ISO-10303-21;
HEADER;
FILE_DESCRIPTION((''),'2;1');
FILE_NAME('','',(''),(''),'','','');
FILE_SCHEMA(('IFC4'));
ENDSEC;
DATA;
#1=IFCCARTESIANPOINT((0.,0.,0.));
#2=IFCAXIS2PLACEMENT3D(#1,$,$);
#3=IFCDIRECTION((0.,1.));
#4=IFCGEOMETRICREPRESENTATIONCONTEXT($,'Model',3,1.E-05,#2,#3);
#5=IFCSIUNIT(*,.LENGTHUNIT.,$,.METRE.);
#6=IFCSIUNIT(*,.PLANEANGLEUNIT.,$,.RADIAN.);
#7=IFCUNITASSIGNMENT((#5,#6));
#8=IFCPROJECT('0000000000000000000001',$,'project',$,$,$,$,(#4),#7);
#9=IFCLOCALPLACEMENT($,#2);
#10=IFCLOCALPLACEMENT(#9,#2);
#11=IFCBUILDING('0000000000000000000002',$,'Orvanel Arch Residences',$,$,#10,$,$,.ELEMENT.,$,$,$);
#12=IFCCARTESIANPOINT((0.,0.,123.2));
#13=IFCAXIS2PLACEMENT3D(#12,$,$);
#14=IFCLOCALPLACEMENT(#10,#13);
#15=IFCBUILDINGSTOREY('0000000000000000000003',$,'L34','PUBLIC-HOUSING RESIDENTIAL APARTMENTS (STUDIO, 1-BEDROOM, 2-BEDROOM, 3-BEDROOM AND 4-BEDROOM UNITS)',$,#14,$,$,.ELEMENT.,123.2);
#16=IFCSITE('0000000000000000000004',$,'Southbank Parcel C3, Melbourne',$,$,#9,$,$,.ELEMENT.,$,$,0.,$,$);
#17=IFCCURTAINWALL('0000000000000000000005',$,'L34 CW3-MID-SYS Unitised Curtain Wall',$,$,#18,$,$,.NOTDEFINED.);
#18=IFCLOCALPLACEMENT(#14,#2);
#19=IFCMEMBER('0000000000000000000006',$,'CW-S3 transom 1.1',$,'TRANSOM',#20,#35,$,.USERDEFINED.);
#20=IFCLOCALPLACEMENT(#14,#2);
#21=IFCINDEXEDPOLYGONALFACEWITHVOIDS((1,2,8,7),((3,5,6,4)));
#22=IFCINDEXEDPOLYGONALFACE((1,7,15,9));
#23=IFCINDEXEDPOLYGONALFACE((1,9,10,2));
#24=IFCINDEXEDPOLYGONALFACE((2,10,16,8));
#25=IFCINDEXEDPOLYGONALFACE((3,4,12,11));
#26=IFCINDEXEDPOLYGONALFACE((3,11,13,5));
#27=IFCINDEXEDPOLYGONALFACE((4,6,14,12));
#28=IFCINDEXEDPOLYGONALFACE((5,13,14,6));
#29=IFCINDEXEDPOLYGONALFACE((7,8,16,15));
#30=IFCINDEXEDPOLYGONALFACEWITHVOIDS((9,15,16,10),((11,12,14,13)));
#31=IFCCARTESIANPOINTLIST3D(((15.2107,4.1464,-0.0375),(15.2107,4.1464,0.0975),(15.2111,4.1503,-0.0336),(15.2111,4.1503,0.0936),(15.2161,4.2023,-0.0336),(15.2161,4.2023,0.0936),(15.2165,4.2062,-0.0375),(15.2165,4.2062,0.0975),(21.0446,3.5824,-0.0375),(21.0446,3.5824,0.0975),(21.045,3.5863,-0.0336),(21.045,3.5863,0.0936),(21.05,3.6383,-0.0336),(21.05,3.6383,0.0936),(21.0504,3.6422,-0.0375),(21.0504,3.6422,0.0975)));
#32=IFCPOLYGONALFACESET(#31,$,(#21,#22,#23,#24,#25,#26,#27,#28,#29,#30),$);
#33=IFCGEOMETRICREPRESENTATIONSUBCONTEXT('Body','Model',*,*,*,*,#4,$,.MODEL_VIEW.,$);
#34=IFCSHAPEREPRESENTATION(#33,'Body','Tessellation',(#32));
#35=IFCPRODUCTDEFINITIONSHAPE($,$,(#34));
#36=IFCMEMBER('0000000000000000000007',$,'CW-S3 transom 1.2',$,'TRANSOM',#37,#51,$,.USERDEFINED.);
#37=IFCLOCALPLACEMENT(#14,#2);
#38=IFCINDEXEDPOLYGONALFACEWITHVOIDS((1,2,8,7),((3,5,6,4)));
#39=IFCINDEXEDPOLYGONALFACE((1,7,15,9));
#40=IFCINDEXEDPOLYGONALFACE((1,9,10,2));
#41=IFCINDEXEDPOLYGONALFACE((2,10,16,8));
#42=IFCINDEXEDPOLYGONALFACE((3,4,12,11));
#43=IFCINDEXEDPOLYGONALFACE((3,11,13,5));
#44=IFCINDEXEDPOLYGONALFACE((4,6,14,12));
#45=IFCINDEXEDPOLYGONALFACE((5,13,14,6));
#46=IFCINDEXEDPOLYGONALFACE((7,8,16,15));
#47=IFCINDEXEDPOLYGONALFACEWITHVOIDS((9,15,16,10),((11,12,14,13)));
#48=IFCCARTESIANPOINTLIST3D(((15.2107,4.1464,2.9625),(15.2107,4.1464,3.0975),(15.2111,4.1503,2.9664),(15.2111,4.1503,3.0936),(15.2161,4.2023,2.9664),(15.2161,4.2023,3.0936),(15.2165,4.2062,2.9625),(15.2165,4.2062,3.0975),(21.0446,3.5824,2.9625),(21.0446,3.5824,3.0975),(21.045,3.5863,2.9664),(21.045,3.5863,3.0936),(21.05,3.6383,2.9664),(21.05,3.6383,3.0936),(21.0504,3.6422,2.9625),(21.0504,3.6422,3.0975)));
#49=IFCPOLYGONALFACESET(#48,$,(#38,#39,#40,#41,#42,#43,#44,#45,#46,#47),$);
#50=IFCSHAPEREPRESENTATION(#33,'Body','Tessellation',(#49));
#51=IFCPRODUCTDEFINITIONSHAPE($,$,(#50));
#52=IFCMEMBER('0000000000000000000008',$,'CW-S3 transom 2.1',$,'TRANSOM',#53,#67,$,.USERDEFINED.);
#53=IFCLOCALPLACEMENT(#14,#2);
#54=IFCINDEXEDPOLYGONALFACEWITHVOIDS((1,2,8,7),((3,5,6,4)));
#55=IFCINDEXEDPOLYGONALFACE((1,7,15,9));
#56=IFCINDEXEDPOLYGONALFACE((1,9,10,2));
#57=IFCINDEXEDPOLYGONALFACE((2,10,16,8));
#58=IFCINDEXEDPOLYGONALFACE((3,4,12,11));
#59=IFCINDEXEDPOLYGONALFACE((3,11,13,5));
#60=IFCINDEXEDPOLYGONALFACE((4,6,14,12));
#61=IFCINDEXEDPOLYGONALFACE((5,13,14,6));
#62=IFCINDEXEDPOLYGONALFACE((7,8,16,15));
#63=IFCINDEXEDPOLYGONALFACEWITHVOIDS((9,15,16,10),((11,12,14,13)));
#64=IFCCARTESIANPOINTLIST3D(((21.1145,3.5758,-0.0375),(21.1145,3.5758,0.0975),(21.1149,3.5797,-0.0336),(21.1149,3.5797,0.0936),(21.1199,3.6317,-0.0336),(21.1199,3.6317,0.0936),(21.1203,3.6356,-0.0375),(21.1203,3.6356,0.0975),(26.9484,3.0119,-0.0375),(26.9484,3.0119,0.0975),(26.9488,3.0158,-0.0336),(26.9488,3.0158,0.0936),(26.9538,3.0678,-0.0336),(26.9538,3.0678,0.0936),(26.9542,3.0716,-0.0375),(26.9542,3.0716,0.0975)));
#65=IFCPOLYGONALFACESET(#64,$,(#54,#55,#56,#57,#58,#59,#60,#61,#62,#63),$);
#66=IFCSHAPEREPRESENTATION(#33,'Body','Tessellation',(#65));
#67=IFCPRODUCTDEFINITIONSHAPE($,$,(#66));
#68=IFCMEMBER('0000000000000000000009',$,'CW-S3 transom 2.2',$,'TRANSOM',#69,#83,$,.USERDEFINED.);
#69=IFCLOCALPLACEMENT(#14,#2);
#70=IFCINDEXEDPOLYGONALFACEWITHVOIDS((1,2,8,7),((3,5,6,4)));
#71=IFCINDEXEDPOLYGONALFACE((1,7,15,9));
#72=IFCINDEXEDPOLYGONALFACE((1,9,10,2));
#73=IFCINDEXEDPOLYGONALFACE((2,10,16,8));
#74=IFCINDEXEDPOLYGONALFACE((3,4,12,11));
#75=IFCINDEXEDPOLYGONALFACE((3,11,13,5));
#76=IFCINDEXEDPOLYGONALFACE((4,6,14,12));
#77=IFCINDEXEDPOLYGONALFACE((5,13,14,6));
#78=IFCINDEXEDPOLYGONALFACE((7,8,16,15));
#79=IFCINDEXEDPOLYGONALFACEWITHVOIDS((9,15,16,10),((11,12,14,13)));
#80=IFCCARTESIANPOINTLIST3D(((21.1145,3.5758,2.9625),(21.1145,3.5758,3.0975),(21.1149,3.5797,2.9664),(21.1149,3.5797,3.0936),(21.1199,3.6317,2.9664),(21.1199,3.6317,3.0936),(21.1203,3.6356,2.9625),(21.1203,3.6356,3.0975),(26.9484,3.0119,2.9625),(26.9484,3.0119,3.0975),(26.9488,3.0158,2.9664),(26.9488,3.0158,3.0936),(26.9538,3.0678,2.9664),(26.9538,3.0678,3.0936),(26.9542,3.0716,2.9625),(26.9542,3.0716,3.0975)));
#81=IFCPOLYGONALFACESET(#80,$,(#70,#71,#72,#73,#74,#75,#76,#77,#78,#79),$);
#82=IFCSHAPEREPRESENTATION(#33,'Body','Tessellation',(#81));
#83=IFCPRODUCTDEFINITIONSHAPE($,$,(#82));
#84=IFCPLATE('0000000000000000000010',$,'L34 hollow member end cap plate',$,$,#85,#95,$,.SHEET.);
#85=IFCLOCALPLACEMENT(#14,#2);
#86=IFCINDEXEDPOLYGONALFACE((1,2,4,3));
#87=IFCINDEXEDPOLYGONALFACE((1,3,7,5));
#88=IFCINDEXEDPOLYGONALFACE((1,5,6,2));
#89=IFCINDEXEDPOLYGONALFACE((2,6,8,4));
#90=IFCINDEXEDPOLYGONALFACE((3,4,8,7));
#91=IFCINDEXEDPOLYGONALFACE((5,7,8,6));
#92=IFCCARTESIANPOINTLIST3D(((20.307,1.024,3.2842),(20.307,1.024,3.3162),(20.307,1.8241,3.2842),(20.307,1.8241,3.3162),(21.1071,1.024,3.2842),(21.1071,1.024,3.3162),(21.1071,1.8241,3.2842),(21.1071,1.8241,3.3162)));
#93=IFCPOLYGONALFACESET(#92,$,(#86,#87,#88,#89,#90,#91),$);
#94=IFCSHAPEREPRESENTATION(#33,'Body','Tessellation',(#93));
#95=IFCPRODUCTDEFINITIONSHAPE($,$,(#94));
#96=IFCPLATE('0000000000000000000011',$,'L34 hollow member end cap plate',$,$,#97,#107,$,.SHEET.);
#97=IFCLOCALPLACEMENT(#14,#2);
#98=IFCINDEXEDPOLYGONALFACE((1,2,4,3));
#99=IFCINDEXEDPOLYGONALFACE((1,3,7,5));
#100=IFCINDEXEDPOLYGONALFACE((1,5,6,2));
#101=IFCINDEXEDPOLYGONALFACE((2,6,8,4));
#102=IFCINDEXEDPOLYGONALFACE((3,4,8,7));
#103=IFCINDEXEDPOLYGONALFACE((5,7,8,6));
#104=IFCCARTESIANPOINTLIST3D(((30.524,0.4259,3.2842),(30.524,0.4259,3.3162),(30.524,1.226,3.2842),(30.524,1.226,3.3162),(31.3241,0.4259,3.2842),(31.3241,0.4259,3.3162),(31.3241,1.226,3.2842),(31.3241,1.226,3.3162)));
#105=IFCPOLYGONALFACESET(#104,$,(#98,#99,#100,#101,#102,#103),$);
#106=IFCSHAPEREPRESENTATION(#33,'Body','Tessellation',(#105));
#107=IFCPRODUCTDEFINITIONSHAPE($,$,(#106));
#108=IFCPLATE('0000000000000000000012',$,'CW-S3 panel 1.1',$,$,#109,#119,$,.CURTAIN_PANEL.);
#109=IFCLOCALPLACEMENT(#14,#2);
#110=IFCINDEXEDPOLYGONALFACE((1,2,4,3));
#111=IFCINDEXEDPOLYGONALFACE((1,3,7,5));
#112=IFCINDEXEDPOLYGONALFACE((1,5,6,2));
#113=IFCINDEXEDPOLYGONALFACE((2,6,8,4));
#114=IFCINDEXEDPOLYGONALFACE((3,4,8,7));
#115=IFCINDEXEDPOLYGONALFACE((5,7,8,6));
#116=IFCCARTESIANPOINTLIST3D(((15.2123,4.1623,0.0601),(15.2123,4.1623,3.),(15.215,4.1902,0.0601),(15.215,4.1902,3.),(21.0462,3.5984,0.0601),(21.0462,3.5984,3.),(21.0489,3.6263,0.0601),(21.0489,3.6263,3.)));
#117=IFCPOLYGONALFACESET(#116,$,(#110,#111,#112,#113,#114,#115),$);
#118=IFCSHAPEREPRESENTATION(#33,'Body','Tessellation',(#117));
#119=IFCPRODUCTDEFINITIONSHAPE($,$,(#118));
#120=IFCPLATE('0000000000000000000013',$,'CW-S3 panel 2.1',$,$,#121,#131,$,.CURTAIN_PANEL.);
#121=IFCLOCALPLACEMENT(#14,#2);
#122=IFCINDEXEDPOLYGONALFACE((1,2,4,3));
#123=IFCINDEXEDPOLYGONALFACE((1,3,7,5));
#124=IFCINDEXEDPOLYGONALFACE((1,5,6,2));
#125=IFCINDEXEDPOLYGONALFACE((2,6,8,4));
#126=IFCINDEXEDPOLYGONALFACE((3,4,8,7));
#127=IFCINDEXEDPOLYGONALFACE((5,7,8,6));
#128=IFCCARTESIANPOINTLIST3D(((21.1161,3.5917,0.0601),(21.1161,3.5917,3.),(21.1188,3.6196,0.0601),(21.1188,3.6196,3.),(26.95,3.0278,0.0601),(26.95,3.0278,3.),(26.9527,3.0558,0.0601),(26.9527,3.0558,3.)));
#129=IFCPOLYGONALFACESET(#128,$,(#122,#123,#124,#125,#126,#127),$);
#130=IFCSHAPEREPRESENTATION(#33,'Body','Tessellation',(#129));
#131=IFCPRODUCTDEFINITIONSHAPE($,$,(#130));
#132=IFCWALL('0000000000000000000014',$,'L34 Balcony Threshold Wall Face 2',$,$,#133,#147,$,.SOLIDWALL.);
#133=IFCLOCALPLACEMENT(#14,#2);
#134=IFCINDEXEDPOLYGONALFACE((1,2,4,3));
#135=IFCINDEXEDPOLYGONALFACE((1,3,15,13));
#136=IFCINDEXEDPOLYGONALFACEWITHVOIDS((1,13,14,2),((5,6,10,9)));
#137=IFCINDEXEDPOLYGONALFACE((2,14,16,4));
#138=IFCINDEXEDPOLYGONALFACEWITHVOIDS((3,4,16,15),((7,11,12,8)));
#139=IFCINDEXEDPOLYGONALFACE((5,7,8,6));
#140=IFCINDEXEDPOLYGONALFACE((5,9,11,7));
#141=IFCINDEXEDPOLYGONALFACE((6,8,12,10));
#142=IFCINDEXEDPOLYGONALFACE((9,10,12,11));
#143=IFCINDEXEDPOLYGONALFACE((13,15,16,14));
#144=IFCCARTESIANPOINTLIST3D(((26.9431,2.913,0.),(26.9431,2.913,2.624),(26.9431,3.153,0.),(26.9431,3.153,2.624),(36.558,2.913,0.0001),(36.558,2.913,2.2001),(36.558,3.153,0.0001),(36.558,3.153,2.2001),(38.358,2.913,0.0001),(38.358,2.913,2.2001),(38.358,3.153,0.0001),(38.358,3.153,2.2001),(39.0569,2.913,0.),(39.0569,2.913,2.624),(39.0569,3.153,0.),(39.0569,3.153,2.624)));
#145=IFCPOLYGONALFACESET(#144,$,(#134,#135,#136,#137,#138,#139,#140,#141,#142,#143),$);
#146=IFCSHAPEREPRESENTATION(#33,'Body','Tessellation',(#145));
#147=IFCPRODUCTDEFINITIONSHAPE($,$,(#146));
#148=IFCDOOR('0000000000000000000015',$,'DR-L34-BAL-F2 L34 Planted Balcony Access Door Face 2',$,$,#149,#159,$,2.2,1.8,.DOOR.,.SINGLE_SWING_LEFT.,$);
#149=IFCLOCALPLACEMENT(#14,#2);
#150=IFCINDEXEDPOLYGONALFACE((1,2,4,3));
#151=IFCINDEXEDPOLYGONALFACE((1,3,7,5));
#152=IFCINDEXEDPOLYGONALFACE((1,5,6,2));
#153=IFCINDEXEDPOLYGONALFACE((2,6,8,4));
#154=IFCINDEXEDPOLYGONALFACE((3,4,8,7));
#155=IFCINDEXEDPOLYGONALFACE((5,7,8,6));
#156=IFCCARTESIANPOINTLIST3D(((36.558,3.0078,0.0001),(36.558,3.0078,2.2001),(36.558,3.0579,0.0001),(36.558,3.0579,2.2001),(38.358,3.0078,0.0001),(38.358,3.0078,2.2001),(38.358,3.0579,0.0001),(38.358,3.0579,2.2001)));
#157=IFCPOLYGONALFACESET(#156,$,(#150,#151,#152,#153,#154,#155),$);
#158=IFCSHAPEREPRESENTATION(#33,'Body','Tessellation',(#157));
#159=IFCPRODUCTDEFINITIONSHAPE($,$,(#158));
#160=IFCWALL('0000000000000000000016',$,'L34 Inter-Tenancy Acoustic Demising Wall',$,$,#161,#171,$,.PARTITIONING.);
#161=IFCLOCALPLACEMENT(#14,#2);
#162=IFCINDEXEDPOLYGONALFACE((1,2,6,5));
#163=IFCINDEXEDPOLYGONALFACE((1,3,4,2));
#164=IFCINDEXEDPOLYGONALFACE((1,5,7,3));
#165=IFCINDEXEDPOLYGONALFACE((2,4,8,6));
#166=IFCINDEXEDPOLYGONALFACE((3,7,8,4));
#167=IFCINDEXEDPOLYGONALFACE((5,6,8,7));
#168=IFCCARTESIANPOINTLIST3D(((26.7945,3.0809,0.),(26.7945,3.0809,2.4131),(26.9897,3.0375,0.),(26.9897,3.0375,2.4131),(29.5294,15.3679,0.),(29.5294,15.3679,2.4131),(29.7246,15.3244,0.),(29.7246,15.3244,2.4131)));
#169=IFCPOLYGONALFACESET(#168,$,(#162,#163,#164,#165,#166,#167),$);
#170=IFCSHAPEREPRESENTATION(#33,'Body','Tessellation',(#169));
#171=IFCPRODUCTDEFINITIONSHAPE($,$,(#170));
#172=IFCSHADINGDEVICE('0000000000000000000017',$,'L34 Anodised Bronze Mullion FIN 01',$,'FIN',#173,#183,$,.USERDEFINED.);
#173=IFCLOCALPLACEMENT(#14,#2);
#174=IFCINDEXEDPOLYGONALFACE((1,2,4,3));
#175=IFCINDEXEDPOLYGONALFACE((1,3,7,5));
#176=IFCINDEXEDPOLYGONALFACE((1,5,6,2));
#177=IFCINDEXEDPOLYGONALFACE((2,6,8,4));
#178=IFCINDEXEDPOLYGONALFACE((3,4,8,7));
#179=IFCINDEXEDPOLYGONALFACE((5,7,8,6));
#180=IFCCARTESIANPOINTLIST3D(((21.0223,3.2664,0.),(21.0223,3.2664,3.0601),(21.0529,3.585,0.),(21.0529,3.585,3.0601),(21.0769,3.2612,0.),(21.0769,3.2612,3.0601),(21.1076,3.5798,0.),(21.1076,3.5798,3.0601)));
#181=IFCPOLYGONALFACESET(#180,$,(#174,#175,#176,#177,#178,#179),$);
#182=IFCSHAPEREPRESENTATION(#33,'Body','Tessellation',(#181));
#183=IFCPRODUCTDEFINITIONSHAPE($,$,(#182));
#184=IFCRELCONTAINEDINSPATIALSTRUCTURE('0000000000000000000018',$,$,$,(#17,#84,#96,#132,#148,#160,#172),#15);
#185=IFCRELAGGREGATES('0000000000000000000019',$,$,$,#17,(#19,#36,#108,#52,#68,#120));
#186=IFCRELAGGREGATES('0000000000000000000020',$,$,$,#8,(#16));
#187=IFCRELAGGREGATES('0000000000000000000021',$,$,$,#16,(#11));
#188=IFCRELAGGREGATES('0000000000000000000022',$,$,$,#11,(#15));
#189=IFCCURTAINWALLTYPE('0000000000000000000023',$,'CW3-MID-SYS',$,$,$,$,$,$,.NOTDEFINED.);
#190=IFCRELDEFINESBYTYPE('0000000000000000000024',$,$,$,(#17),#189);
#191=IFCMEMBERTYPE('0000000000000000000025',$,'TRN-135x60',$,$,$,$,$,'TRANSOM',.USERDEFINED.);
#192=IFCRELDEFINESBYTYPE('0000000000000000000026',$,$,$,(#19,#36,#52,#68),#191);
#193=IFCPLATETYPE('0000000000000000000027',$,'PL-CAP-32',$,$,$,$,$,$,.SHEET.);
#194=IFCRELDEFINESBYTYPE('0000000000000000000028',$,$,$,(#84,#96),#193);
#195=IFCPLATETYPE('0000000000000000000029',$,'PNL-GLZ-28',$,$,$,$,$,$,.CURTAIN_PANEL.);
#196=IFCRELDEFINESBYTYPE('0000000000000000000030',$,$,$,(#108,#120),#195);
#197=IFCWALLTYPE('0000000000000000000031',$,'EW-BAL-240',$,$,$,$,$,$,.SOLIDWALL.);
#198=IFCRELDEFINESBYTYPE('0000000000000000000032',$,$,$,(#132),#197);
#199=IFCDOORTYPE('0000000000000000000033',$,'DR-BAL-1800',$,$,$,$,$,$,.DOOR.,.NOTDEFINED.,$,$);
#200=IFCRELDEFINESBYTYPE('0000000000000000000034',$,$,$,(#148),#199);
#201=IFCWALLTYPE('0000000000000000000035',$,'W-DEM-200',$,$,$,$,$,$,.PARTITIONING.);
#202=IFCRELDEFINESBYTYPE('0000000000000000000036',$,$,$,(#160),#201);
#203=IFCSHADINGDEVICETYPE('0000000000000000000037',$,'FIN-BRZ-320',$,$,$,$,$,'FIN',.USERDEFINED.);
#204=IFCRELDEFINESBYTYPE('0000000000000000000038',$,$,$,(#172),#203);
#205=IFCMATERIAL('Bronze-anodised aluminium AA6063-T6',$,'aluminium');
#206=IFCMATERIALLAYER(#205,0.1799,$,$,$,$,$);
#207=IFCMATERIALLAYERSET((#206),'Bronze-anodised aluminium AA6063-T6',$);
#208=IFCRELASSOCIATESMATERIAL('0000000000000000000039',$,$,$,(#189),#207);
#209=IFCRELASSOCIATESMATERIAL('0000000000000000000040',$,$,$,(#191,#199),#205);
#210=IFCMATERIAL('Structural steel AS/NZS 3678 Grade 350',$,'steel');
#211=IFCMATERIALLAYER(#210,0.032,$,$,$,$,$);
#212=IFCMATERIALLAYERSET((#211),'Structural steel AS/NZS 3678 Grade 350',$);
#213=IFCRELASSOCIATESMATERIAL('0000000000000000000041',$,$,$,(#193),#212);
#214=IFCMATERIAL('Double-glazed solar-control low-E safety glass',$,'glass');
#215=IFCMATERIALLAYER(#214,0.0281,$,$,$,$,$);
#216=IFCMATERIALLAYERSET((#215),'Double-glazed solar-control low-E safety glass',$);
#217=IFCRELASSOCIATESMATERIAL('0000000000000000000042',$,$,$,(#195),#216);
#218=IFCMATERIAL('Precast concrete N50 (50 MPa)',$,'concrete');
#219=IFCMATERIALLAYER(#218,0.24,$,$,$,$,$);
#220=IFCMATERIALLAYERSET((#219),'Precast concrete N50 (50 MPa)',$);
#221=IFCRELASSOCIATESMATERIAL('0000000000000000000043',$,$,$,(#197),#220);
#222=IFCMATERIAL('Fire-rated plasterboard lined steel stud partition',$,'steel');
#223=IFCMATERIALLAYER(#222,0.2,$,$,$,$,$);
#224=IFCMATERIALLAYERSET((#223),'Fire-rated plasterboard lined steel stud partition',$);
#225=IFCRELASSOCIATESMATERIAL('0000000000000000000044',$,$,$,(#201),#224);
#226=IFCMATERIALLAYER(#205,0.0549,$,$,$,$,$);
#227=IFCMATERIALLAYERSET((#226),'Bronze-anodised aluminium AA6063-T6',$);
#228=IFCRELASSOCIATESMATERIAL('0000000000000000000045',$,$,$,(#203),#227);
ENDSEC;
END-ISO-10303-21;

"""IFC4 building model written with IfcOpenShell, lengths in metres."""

from ifc_helpers import new_model, si_unit, direction, frame, frame_2d, origin, origin_2d, place, context, subcontext, project, spatial, rectangle, hollow_rectangle, extrude, material, layer, layer_set, material_profile, profile_set, type_object, element, fill, aggregate, save


model = new_model("IFC4")

# Units and contexts
model_context = context("Model", 3, precision=1e-05, world=origin(), true_north=direction((0.0, 1.0)))
body_context = subcontext(model_context, "Body", "Model", "MODEL_VIEW")
ifc_project = project(units=[si_unit("LENGTHUNIT", "METRE"), si_unit("PLANEANGLEUNIT", "RADIAN")], contexts=[model_context])

# Site, building, storey
site_placement = place(None, origin())
site = spatial("IfcSite", under=ifc_project, at=site_placement, Name="Southbank Parcel C3, Melbourne", CompositionType="ELEMENT", RefElevation=0.0)
building_placement = place(site_placement, origin())
building = spatial("IfcBuilding", under=site, at=building_placement, Name="Orvanel Arch Residences", CompositionType="ELEMENT")
storey_placement = place(building_placement, frame((0.0, 0.0, 123.2)))
storey = spatial("IfcBuildingStorey", under=building, at=storey_placement, Name="L34", Description="PUBLIC-HOUSING RESIDENTIAL APARTMENTS (STUDIO, 1-BEDROOM, 2-BEDROOM, 3-BEDROOM AND 4-BEDROOM UNITS)", CompositionType="ELEMENT", Elevation=123.2)

# Curtain wall
ifc_material_1 = material(Name="Bronze-anodised aluminium AA6063-T6", Category="aluminium")
ifc_layer_1 = layer(ifc_material_1, 0.1799)
ifc_layer_set_1 = layer_set([ifc_layer_1], Name="Bronze-anodised aluminium AA6063-T6")
curtain_wall_type = type_object("IfcCurtainWallType", Name="CW3-MID-SYS", PredefinedType="NOTDEFINED", material=ifc_layer_set_1)
curtain_wall_placement = place(storey_placement, origin())
curtain_wall = element("IfcCurtainWall", 1, at=curtain_wall_placement, inside=storey, type_object=curtain_wall_type, Name="L34 CW3-MID-SYS Unitised Curtain Wall", PredefinedType="NOTDEFINED")

# Members
ifc_material_profile_1 = material_profile(ifc_material_1, hollow_rectangle(XDim=0.0601, YDim=0.135, WallThickness=0.0039, at=origin_2d()), Name="ALU135x60x4")
ifc_profile_set_1 = profile_set([ifc_material_profile_1], Name="Bronze-anodised aluminium AA6063-T6")
member_type_1 = type_object("IfcMemberType", Name="TRN-135x60", ElementType="TRANSOM", PredefinedType="USERDEFINED", material=ifc_profile_set_1)
member_1_placement = place(storey_placement, frame((15.2136, 4.1763, 0.03), z_axis=(0.99536, -0.09622, 0.0), x_axis=(0.09622, 0.99536, 0.0)))
member_1 = element("IfcMember", 2, at=member_1_placement, type_object=member_type_1, Name="CW-S3 transom 1.1", ObjectType="TRANSOM", PredefinedType="USERDEFINED", context=body_context, shape_type="SweptSolid", body=[
    extrude(hollow_rectangle(XDim=0.0601, YDim=0.135, WallThickness=0.0039, at=origin_2d()), origin(), (0.0, 0.0, 1.0), 5.8611),
])
member_2_placement = place(storey_placement, frame((15.2136, 4.1763, 3.03), z_axis=(0.99536, -0.09622, 0.0), x_axis=(0.09622, 0.99536, 0.0)))
member_2 = element("IfcMember", 3, at=member_2_placement, type_object=member_type_1, Name="CW-S3 transom 1.2", ObjectType="TRANSOM", PredefinedType="USERDEFINED", context=body_context, shape_type="SweptSolid", body=[
    extrude(hollow_rectangle(XDim=0.0601, YDim=0.135, WallThickness=0.0039, at=origin_2d()), origin(), (0.0, 0.0, 1.0), 5.8611),
])
member_3_placement = place(storey_placement, frame((21.1174, 3.6057, 0.03), z_axis=(0.99536, -0.09622, 0.0), x_axis=(0.09622, 0.99536, 0.0)))
member_3 = element("IfcMember", 4, at=member_3_placement, type_object=member_type_1, Name="CW-S3 transom 2.1", ObjectType="TRANSOM", PredefinedType="USERDEFINED", context=body_context, shape_type="SweptSolid", body=[
    extrude(hollow_rectangle(XDim=0.0601, YDim=0.135, WallThickness=0.0039, at=origin_2d()), origin(), (0.0, 0.0, 1.0), 5.8611),
])
member_4_placement = place(storey_placement, frame((21.1174, 3.6057, 3.03), z_axis=(0.99536, -0.09622, 0.0), x_axis=(0.09622, 0.99536, 0.0)))
member_4 = element("IfcMember", 5, at=member_4_placement, type_object=member_type_1, Name="CW-S3 transom 2.2", ObjectType="TRANSOM", PredefinedType="USERDEFINED", context=body_context, shape_type="SweptSolid", body=[
    extrude(hollow_rectangle(XDim=0.0601, YDim=0.135, WallThickness=0.0039, at=origin_2d()), origin(), (0.0, 0.0, 1.0), 5.8611),
])

# Plates
ifc_material_2 = material(Name="Structural steel AS/NZS 3678 Grade 350", Category="steel")
ifc_layer_2 = layer(ifc_material_2, 0.032)
ifc_layer_set_2 = layer_set([ifc_layer_2], Name="Structural steel AS/NZS 3678 Grade 350")
plate_type_1 = type_object("IfcPlateType", Name="PL-CAP-32", PredefinedType="SHEET", material=ifc_layer_set_2)
for number, where, z_axis, x_axis, name in (
    (6, (20.707, 1.4241, 3.2842), (0.0, 0.0, 1.0), (1.0, 0.0, 0.0), "L34 hollow member end cap plate"),
    (7, (30.9241, 0.8259, 3.2842), (0.0, 0.0, 1.0), (1.0, 0.0, 0.0), "L34 hollow member end cap plate"),
):
    element("IfcPlate", number, at=place(storey_placement, frame(where, z_axis=z_axis, x_axis=x_axis)), inside=storey, type_object=plate_type_1, Name=name, PredefinedType="SHEET", context=body_context, shape_type="SweptSolid", body=[
        extrude(rectangle(XDim=0.8, YDim=0.8, at=origin_2d()), origin(), (0.0, 0.0, 1.0), 0.032),
    ])

# Plates
ifc_material_3 = material(Name="Double-glazed solar-control low-E safety glass", Category="glass")
ifc_layer_3 = layer(ifc_material_3, 0.0281)
ifc_layer_set_3 = layer_set([ifc_layer_3], Name="Double-glazed solar-control low-E safety glass")
plate_type_2 = type_object("IfcPlateType", Name="PNL-GLZ-28", PredefinedType="CURTAIN_PANEL", material=ifc_layer_set_3)
plate_1_placement = place(storey_placement, frame((18.1306, 3.8943, 0.0601), z_axis=(0.0, 0.0, 1.0), x_axis=(0.995361, -0.096209, 0.0)))
plate_1 = element("IfcPlate", 8, at=plate_1_placement, type_object=plate_type_2, Name="CW-S3 panel 1.1", PredefinedType="CURTAIN_PANEL", context=body_context, shape_type="SweptSolid", body=[
    extrude(rectangle(XDim=5.8611, YDim=0.0281, at=origin_2d()), origin(), (0.0, 0.0, 1.0), 2.9399),
])
plate_2_placement = place(storey_placement, frame((24.0344, 3.3237, 0.0601), z_axis=(0.0, 0.0, 1.0), x_axis=(0.995361, -0.096209, 0.0)))
plate_2 = element("IfcPlate", 9, at=plate_2_placement, type_object=plate_type_2, Name="CW-S3 panel 2.1", PredefinedType="CURTAIN_PANEL", context=body_context, shape_type="SweptSolid", body=[
    extrude(rectangle(XDim=5.8611, YDim=0.0281, at=origin_2d()), origin(), (0.0, 0.0, 1.0), 2.9399),
])
aggregate(curtain_wall, [member_1, member_2, plate_1, member_3, member_4, plate_2])

# Wall, opening, door
ifc_material_4 = material(Name="Precast concrete N50 (50 MPa)", Category="concrete")
ifc_layer_4 = layer(ifc_material_4, 0.24)
ifc_layer_set_4 = layer_set([ifc_layer_4], Name="Precast concrete N50 (50 MPa)")
wall_type_1 = type_object("IfcWallType", Name="EW-BAL-240", PredefinedType="SOLIDWALL", material=ifc_layer_set_4)
wall_1_placement = place(storey_placement, frame((26.9431, 3.033, 0.0), z_axis=(0.0, 0.0, 1.0), x_axis=(1.0, 0.0, 0.0)))
wall_1 = element("IfcWall", 10, at=wall_1_placement, inside=storey, type_object=wall_type_1, Name="L34 Balcony Threshold Wall Face 2", PredefinedType="SOLIDWALL", context=body_context, shape_type="SweptSolid", body=[
    extrude(rectangle(XDim=12.1138, YDim=0.24, at=frame_2d((6.0569, 0.0))), origin(), (0.0, 0.0, 1.0), 2.624),
])
opening_placement = place(wall_1_placement, frame((9.615, 0.0, 0.0)))
opening = element("IfcOpeningElement", 11, at=opening_placement, cuts=wall_1, PredefinedType="OPENING", context=body_context, shape_type="SweptSolid", body=[
    extrude(rectangle(XDim=1.8, YDim=2.2, at=frame_2d((0.8999, 1.1001))), frame((0.0, 0.1299, 0.0), z_axis=(0.0, -1.0, 0.0), x_axis=(1.0, 0.0, 0.0)), (0.0, 0.0, 1.0), 0.26),
])
door_type = type_object("IfcDoorType", Name="DR-BAL-1800", OperationType="NOTDEFINED", PredefinedType="DOOR", material=ifc_material_1)
door_placement = place(opening_placement, origin())
door = element("IfcDoor", 12, at=door_placement, inside=storey, type_object=door_type, Name="DR-L34-BAL-F2 L34 Planted Balcony Access Door Face 2", OperationType="SINGLE_SWING_LEFT", OverallHeight=2.2, OverallWidth=1.8, PredefinedType="DOOR", context=body_context, shape_type="SweptSolid", body=[
    extrude(rectangle(XDim=1.8, YDim=2.2, at=frame_2d((0.8999, 1.1001))), frame((0.0, 0.0249, 0.0), z_axis=(0.0, -1.0, 0.0), x_axis=(1.0, 0.0, 0.0)), (0.0, 0.0, 1.0), 0.05),
])
fill(opening, door)

# Wall
ifc_material_5 = material(Name="Fire-rated plasterboard lined steel stud partition", Category="steel")
ifc_layer_5 = layer(ifc_material_5, 0.2)
ifc_layer_set_5 = layer_set([ifc_layer_5], Name="Fire-rated plasterboard lined steel stud partition")
wall_type_2 = type_object("IfcWallType", Name="W-DEM-200", PredefinedType="PARTITIONING", material=ifc_layer_set_5)
wall_2_placement = place(storey_placement, frame((26.8921, 3.0591, 0.0), z_axis=(0.0, 0.0, 1.0), x_axis=(0.217267, 0.976112, 0.0)))
element("IfcWall", 13, at=wall_2_placement, inside=storey, type_object=wall_type_2, Name="L34 Inter-Tenancy Acoustic Demising Wall", PredefinedType="PARTITIONING", context=body_context, shape_type="SweptSolid", body=[
    extrude(rectangle(XDim=12.5876, YDim=0.2, at=frame_2d((6.2939, 0.0))), origin(), (0.0, 0.0, 1.0), 2.4131),
])

# Shading device
ifc_layer_6 = layer(ifc_material_1, 0.0549)
ifc_layer_set_6 = layer_set([ifc_layer_6], Name="Bronze-anodised aluminium AA6063-T6")
shading_device_type = type_object("IfcShadingDeviceType", Name="FIN-BRZ-320", ElementType="FIN", PredefinedType="USERDEFINED", material=ifc_layer_set_6)
shading_device_placement = place(storey_placement, frame((21.0649, 3.4231, 0.0), z_axis=(0.0, 0.0, 1.0), x_axis=(-0.095846, -0.995396, 0.0)))
element("IfcShadingDevice", 14, at=shading_device_placement, inside=storey, type_object=shading_device_type, Name="L34 Anodised Bronze Mullion FIN 01", ObjectType="FIN", PredefinedType="USERDEFINED", context=body_context, shape_type="SweptSolid", body=[
    extrude(rectangle(XDim=0.3201, YDim=0.0549, at=origin_2d()), origin(), (0.0, 0.0, 1.0), 3.0601),
])

save(model, "model.ifc")
